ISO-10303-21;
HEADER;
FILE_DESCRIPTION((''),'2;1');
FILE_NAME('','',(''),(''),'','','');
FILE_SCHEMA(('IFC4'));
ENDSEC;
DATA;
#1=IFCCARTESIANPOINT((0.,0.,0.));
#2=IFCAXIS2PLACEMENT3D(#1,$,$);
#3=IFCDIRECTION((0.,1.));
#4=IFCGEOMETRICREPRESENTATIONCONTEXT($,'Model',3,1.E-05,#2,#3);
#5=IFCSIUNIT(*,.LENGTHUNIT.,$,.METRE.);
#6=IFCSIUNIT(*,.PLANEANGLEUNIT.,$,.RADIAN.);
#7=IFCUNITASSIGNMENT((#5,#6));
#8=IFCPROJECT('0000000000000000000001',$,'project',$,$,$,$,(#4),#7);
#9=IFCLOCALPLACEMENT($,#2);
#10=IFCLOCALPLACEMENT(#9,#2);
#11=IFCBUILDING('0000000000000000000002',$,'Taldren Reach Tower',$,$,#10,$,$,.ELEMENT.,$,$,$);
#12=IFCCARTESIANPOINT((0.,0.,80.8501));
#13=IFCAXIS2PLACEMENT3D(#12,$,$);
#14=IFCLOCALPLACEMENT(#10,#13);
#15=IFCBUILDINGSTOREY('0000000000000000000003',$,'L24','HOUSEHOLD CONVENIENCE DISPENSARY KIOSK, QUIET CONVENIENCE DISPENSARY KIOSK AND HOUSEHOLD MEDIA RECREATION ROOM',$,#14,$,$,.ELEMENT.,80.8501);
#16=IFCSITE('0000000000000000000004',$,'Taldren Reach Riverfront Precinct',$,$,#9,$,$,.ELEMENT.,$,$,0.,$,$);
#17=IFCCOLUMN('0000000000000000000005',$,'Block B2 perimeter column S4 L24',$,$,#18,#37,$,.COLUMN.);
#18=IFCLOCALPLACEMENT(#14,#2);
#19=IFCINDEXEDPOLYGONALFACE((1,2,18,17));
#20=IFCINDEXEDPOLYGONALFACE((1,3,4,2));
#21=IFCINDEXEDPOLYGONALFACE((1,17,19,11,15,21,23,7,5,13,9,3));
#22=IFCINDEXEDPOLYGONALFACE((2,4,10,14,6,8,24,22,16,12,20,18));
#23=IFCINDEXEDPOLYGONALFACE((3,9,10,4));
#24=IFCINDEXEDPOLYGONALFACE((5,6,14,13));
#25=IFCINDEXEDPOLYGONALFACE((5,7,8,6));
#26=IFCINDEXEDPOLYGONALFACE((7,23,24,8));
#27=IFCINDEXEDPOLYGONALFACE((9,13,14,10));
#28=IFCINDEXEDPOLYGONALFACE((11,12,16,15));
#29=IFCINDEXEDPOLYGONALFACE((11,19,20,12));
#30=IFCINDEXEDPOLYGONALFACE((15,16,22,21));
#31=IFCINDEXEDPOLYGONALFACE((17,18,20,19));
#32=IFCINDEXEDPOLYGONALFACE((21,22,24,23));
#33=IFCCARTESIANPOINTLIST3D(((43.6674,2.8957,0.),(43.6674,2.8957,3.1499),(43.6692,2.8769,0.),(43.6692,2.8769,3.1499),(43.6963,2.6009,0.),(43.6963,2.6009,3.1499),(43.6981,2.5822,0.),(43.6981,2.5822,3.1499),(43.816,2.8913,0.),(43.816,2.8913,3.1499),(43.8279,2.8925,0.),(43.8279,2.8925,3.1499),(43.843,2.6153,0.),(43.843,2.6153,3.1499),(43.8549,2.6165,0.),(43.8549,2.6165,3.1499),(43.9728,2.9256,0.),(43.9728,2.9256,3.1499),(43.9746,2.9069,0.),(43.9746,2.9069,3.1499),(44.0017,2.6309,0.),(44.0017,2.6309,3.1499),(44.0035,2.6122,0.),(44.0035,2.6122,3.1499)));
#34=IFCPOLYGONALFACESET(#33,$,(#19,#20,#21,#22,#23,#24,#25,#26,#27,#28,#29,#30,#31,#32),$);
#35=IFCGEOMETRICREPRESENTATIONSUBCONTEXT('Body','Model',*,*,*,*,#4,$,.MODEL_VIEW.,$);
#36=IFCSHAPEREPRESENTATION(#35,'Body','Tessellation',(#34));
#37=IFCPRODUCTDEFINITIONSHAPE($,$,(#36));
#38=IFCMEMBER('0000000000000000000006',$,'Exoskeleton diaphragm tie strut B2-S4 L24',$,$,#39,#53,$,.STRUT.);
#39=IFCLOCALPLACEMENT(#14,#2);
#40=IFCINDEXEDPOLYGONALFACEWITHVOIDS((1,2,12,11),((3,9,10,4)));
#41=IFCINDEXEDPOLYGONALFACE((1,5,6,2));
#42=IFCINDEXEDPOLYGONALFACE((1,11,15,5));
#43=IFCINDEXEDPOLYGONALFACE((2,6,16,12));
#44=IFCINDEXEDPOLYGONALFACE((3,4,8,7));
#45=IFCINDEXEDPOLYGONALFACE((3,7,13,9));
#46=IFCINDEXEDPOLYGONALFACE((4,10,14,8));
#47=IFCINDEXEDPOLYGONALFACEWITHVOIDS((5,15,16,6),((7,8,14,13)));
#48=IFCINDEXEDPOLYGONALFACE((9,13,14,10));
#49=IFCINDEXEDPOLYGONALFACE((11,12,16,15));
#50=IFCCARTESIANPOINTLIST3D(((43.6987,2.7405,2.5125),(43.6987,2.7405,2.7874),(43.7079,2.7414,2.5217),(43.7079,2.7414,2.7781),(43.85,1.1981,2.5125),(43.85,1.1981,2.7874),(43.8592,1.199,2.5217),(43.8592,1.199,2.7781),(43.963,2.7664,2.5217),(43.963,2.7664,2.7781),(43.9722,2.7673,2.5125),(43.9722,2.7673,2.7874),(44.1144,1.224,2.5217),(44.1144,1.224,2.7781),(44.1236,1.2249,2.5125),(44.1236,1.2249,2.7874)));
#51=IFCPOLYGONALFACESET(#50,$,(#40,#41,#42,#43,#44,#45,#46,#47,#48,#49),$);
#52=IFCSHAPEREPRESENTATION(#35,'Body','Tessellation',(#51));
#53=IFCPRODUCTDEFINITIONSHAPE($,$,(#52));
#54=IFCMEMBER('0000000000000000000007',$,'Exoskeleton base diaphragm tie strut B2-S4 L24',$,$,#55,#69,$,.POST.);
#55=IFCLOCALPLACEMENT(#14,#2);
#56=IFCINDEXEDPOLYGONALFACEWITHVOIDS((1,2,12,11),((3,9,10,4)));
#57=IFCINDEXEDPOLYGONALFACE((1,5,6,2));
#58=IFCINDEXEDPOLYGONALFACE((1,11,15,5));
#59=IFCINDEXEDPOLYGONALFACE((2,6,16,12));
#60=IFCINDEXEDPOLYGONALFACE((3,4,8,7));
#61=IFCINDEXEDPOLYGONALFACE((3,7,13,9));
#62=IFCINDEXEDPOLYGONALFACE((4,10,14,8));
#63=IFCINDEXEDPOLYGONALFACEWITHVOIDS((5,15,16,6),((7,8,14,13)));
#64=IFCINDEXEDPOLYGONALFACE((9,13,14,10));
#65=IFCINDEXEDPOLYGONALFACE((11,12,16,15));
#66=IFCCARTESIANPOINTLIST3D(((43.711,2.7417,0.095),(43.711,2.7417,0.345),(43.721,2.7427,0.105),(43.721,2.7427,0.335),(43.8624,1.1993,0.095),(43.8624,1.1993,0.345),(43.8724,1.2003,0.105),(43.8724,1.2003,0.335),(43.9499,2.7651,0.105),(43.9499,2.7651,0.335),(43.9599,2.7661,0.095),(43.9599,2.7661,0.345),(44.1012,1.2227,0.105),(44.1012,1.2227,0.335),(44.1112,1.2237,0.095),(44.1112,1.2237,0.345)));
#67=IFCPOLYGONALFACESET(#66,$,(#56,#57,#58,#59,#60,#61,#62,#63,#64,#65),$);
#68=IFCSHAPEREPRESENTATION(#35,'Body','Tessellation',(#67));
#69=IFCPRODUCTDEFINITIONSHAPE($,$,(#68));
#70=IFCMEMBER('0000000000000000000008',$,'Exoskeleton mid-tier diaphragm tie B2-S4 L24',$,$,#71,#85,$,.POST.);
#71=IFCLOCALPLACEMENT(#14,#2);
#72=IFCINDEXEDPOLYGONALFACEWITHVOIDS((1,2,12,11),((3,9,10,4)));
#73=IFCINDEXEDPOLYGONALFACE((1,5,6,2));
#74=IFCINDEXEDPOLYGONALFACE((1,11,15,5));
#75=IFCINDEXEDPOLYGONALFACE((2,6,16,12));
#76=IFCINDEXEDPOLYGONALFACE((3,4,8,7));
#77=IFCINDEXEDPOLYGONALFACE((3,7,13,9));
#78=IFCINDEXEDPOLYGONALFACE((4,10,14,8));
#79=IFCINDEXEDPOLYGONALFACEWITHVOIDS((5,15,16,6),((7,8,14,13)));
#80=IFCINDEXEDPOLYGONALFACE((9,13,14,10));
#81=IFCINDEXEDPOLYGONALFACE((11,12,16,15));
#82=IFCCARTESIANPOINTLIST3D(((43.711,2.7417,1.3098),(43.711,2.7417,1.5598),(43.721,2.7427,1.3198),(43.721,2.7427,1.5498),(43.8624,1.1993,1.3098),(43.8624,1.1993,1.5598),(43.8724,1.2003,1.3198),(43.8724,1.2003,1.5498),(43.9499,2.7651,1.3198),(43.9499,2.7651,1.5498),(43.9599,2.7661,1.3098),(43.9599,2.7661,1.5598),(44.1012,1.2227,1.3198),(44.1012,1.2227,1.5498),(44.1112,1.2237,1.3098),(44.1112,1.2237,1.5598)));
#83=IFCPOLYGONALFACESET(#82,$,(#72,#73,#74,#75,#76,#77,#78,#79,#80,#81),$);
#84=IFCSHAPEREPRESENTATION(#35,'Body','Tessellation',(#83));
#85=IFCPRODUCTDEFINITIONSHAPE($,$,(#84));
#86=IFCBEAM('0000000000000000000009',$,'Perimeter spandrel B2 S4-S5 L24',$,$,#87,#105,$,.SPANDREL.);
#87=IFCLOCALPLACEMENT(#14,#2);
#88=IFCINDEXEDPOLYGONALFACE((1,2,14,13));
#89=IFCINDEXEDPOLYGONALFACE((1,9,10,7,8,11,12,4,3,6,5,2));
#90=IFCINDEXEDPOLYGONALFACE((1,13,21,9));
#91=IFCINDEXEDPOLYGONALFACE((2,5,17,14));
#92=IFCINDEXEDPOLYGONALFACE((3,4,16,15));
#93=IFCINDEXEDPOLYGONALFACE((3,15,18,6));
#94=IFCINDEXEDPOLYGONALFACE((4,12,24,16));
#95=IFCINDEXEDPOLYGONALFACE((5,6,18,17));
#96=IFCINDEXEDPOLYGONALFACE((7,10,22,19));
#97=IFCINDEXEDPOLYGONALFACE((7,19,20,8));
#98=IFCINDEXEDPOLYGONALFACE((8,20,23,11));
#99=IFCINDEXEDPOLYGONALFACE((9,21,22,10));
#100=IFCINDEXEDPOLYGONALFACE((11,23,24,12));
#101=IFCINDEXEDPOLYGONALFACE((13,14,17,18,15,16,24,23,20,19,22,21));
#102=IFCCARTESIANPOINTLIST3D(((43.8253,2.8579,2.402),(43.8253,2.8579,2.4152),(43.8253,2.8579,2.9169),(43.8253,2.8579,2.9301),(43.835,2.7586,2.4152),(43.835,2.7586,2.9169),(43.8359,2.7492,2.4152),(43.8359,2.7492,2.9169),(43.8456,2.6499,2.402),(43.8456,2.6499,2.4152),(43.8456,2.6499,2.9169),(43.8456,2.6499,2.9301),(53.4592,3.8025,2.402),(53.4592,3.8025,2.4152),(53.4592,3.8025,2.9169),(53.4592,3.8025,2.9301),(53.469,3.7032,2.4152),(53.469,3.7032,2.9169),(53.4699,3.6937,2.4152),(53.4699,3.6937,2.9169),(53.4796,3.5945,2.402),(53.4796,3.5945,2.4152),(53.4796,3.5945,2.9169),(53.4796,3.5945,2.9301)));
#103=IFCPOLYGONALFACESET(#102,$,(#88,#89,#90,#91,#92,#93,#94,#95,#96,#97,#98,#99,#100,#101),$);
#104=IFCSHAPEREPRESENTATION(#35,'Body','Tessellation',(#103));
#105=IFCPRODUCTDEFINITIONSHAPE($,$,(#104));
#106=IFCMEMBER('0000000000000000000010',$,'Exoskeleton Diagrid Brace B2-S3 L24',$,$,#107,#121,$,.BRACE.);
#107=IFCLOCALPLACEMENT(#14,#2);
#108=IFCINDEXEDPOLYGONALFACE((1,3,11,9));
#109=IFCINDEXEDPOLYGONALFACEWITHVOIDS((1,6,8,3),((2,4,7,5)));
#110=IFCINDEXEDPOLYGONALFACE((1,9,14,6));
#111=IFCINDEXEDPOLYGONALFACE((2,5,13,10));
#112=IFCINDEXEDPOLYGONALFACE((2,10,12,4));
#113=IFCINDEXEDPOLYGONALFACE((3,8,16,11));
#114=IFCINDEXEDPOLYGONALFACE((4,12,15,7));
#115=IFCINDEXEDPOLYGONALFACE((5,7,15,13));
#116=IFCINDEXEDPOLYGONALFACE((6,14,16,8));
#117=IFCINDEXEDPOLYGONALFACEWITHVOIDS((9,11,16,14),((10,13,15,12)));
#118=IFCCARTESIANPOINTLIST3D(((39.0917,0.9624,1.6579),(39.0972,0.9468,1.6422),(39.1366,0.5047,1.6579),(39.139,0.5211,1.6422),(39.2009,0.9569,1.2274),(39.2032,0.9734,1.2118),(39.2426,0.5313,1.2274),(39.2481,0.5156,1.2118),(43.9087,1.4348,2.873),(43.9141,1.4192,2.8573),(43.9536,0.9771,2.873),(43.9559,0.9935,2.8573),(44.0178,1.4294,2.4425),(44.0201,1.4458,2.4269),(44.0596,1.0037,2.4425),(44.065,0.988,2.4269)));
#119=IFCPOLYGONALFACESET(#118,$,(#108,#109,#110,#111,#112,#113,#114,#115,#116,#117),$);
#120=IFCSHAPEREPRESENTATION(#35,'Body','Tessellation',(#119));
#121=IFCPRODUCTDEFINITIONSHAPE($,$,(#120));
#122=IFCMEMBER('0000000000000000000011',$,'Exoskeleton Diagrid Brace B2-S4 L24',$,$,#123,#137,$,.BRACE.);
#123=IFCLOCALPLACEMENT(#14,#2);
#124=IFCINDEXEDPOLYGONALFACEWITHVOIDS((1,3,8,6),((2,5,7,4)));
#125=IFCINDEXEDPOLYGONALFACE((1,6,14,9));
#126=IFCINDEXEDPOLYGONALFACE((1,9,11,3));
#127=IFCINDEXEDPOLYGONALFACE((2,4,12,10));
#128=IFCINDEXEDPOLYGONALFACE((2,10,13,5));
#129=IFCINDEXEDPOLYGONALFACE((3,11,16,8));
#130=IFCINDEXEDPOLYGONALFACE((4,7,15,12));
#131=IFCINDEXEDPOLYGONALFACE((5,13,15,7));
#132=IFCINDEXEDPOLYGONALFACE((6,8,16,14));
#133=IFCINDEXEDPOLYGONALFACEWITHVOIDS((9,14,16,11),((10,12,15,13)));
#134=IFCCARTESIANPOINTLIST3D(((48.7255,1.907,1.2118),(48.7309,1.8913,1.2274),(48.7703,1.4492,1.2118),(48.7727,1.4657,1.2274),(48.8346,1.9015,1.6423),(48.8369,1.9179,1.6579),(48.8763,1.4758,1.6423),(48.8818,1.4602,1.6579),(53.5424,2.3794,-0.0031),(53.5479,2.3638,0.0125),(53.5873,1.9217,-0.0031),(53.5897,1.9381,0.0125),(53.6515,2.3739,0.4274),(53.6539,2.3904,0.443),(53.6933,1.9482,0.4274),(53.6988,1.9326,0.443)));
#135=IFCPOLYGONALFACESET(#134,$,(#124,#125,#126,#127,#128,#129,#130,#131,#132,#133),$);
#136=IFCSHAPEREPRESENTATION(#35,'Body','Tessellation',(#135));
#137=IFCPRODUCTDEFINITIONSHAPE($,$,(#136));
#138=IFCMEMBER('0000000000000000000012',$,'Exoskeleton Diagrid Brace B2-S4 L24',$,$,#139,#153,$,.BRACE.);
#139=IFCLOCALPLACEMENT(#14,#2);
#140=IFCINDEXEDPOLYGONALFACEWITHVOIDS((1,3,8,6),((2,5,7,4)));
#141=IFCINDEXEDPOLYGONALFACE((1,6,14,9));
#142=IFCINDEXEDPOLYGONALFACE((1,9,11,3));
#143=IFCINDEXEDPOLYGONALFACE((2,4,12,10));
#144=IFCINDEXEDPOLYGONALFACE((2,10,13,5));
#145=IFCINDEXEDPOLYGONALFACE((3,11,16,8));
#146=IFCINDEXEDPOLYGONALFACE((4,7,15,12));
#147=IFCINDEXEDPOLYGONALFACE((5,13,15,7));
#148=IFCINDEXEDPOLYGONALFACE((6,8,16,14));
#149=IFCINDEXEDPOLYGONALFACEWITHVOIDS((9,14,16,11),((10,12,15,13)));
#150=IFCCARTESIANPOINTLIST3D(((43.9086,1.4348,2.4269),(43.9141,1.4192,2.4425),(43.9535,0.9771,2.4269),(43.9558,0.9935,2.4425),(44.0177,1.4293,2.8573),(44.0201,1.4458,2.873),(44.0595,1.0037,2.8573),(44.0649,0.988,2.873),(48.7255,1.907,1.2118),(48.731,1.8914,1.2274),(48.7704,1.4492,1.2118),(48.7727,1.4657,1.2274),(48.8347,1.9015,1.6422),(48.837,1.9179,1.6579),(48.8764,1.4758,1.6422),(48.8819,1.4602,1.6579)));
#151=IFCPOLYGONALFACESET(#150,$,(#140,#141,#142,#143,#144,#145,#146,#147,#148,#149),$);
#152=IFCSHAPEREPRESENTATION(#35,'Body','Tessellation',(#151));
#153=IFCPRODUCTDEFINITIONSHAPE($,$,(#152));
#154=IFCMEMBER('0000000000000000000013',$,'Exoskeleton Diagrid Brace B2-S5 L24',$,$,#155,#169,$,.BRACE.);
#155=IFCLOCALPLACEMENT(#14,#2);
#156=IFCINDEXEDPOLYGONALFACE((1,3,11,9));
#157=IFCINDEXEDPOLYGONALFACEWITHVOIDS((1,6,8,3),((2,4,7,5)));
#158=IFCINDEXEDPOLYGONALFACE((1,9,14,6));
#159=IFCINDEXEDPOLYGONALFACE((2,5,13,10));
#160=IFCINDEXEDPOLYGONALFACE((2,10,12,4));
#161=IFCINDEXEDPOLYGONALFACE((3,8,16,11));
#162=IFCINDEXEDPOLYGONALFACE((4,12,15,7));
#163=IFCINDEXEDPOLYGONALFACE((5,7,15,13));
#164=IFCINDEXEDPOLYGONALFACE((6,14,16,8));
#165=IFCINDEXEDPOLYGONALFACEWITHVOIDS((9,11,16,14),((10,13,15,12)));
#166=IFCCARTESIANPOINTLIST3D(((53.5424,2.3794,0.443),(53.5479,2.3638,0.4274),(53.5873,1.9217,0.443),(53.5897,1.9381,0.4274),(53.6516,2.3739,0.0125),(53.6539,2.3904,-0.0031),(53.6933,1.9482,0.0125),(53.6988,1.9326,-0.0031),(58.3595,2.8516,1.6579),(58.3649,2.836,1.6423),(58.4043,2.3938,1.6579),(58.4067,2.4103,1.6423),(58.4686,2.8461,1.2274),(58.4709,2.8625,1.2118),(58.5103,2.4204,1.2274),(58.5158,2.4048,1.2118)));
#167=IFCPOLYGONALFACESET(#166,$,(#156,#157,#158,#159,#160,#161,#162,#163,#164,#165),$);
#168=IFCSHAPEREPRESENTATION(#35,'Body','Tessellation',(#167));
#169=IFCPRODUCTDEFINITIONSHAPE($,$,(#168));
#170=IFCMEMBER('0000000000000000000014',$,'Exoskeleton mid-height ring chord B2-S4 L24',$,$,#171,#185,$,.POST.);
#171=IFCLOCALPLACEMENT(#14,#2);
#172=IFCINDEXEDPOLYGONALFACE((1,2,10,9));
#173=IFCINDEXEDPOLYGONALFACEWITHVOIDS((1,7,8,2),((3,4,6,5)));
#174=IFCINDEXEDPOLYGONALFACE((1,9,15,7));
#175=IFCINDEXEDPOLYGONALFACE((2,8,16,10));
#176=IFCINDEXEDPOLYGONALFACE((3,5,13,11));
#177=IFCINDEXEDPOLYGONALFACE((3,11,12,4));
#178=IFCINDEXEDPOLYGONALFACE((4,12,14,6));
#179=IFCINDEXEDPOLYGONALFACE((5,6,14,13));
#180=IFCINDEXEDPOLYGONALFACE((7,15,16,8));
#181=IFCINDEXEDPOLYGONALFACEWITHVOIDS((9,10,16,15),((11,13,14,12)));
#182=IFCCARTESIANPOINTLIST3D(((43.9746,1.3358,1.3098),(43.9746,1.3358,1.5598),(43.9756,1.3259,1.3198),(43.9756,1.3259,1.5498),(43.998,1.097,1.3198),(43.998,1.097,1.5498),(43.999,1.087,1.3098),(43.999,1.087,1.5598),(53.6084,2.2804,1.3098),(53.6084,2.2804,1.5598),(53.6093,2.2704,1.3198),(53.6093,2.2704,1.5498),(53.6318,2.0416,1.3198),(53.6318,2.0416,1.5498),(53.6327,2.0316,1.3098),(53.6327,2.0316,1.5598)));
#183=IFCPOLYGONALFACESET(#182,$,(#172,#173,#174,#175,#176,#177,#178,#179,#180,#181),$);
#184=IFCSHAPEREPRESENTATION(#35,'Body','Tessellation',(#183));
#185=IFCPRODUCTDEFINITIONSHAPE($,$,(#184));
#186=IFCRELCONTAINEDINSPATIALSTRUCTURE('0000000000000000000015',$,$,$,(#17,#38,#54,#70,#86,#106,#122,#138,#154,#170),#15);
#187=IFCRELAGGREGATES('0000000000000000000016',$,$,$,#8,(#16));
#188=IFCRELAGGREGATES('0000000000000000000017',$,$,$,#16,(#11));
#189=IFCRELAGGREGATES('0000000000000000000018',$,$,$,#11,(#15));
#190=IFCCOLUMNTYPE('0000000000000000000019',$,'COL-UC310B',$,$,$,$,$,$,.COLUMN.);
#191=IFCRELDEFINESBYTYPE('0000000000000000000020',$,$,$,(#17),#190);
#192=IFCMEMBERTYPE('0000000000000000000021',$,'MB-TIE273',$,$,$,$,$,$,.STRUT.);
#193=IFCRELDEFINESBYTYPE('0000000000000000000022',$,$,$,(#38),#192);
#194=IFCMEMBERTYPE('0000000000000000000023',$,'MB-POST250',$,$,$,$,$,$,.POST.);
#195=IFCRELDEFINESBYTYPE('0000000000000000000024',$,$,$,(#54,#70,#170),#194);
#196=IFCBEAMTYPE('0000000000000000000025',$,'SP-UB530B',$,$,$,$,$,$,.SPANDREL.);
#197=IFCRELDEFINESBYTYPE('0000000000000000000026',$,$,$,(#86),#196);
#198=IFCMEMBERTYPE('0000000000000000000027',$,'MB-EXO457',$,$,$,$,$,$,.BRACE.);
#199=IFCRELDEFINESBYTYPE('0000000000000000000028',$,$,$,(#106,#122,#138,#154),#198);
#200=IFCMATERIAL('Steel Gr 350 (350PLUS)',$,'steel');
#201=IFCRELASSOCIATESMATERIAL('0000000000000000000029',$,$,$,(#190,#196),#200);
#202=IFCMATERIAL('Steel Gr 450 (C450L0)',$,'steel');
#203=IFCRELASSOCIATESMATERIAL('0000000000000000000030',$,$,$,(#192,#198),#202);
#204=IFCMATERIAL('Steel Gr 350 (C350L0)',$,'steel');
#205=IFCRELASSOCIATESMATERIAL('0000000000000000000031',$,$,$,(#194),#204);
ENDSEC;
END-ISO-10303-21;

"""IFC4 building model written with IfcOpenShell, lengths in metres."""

from ifc_helpers import new_model, si_unit, direction, frame, origin, origin_2d, place, context, subcontext, project, spatial, hollow_rectangle, i_section, extrude, source, transform, mapped, material, material_profile, profile_set, type_object, element, save


model = new_model("IFC4")

# Units and contexts
model_context = context("Model", 3, precision=1e-05, world=origin(), true_north=direction((0.0, 1.0)))
body_context = subcontext(model_context, "Body", "Model", "MODEL_VIEW")
ifc_project = project(units=[si_unit("LENGTHUNIT", "METRE"), si_unit("PLANEANGLEUNIT", "RADIAN")], contexts=[model_context])

# Site, building, storey
site_placement = place(None, origin())
site = spatial("IfcSite", under=ifc_project, at=site_placement, Name="Taldren Reach Riverfront Precinct", CompositionType="ELEMENT", RefElevation=0.0)
building_placement = place(site_placement, origin())
building = spatial("IfcBuilding", under=site, at=building_placement, Name="Taldren Reach Tower", CompositionType="ELEMENT")
storey_placement = place(building_placement, frame((0.0, 0.0, 80.8501)))
storey = spatial("IfcBuildingStorey", under=building, at=storey_placement, Name="L24", Description="HOUSEHOLD CONVENIENCE DISPENSARY KIOSK, QUIET CONVENIENCE DISPENSARY KIOSK AND HOUSEHOLD MEDIA RECREATION ROOM", CompositionType="ELEMENT", Elevation=80.8501)

# Column
ifc_material_1 = material(Name="Steel Gr 350 (350PLUS)", Category="steel")
ifc_material_profile_1 = material_profile(ifc_material_1, i_section(OverallWidth=0.3069, OverallDepth=0.3149, WebThickness=0.012, FlangeThickness=0.0188, at=origin_2d()), Name="310UC118")
ifc_profile_set_1 = profile_set([ifc_material_profile_1], Name="Steel Gr 350 (350PLUS)")
column_type = type_object("IfcColumnType", Name="COL-UC310B", PredefinedType="COLUMN", material=ifc_profile_set_1)
shared_shape_1 = source(origin(), body_context, "Body", "SweptSolid", [
    extrude(i_section(OverallWidth=0.3069, OverallDepth=0.3149, WebThickness=0.012, FlangeThickness=0.0188, at=origin_2d()), origin(), (0.0, 0.0, 1.0), 3.1499),
])
column_placement = place(storey_placement, frame((43.8354, 2.7539, 0.0), z_axis=(0.0, 0.0, 1.0), x_axis=(0.995227, 0.097583, 0.0)))
element("IfcColumn", 1, at=column_placement, inside=storey, type_object=column_type, Name="Block B2 perimeter column S4 L24", PredefinedType="COLUMN", context=body_context, shape_type="MappedRepresentation", body=[
    mapped(shared_shape_1, transform((0.0, 0.0, 0.0), scale=1.0)),
])

# Members
ifc_material_2 = material(Name="Steel Gr 450 (C450L0)", Category="steel")
ifc_material_profile_2 = material_profile(ifc_material_2, hollow_rectangle(XDim=0.2749, YDim=0.2749, WallThickness=0.0093, at=origin_2d()), Name="275x275x9.3SHS")
ifc_profile_set_2 = profile_set([ifc_material_profile_2], Name="Steel Gr 450 (C450L0)")
member_type_1 = type_object("IfcMemberType", Name="MB-TIE273", PredefinedType="STRUT", material=ifc_profile_set_2)
shared_shape_2 = source(origin(), body_context, "Body", "SweptSolid", [
    extrude(hollow_rectangle(XDim=0.2749, YDim=0.2749, WallThickness=0.0093, at=origin_2d()), origin(), (0.0, 0.0, 1.0), 1.5498),
])
member_1_placement = place(storey_placement, frame((43.8354, 2.7539, 2.6499), z_axis=(0.097663, -0.99522, 0.0), x_axis=(0.99522, 0.097663, 0.0)))
element("IfcMember", 2, at=member_1_placement, inside=storey, type_object=member_type_1, Name="Exoskeleton diaphragm tie strut B2-S4 L24", PredefinedType="STRUT", context=body_context, shape_type="MappedRepresentation", body=[
    mapped(shared_shape_2, transform((0.0, 0.0, 0.0), scale=1.0)),
])
ifc_material_3 = material(Name="Steel Gr 350 (C350L0)", Category="steel")
ifc_material_profile_3 = material_profile(ifc_material_3, hollow_rectangle(XDim=0.25, YDim=0.25, WallThickness=0.01, at=origin_2d()), Name="250x250x10.0SHS")
ifc_profile_set_3 = profile_set([ifc_material_profile_3], Name="Steel Gr 350 (C350L0)")
member_type_2 = type_object("IfcMemberType", Name="MB-POST250", PredefinedType="POST", material=ifc_profile_set_3)
shared_shape_3 = source(origin(), body_context, "Body", "SweptSolid", [
    extrude(hollow_rectangle(XDim=0.25, YDim=0.25, WallThickness=0.01, at=origin_2d()), origin(), (0.0, 0.0, 1.0), 1.5498),
])
for number, where, z_axis, x_axis, name in (
    (3, (43.8354, 2.7539, 0.22), (0.097663, -0.99522, 0.0), (0.99522, 0.097663, 0.0), "Exoskeleton base diaphragm tie strut B2-S4 L24"),
    (4, (43.8354, 2.7539, 1.4348), (0.097663, -0.99522, 0.0), (0.99522, 0.097663, 0.0), "Exoskeleton mid-tier diaphragm tie B2-S4 L24"),
):
    element("IfcMember", number, at=place(storey_placement, frame(where, z_axis=z_axis, x_axis=x_axis)), inside=storey, type_object=member_type_2, Name=name, PredefinedType="POST", context=body_context, shape_type="MappedRepresentation", body=[
        mapped(shared_shape_3, transform((0.0, 0.0, 0.0), scale=1.0)),
    ])

# Beam
ifc_material_profile_4 = material_profile(ifc_material_1, i_section(OverallWidth=0.209, OverallDepth=0.5281, WebThickness=0.0095, FlangeThickness=0.0132, at=origin_2d()), Name="530UB82.0")
ifc_profile_set_4 = profile_set([ifc_material_profile_4], Name="Steel Gr 350 (350PLUS)")
beam_type = type_object("IfcBeamType", Name="SP-UB530B", PredefinedType="SPANDREL", material=ifc_profile_set_4)
shared_shape_4 = source(origin(), body_context, "Body", "SweptSolid", [
    extrude(i_section(OverallWidth=0.209, OverallDepth=0.5281, WebThickness=0.0095, FlangeThickness=0.0132, at=origin_2d()), origin(), (0.0, 0.0, 1.0), 9.6802),
])
beam_placement = place(storey_placement, frame((43.8354, 2.7539, 2.666), z_axis=(0.995228, 0.097578, 0.0), x_axis=(-0.097578, 0.995228, 0.0)))
element("IfcBeam", 5, at=beam_placement, inside=storey, type_object=beam_type, Name="Perimeter spandrel B2 S4-S5 L24", PredefinedType="SPANDREL", context=body_context, shape_type="MappedRepresentation", body=[
    mapped(shared_shape_4, transform((0.0, 0.0, 0.0), scale=1.0)),
])

# Members
ifc_material_profile_5 = material_profile(ifc_material_2, hollow_rectangle(XDim=0.46, YDim=0.46, WallThickness=0.0161, at=origin_2d()), Name="460x460x16.0SHS")
ifc_profile_set_5 = profile_set([ifc_material_profile_5], Name="Steel Gr 450 (C450L0)")
member_type_3 = type_object("IfcMemberType", Name="MB-EXO457", PredefinedType="BRACE", material=ifc_profile_set_5)
shared_shape_5 = source(origin(), body_context, "Body", "SweptSolid", [
    extrude(hollow_rectangle(XDim=0.46, YDim=0.46, WallThickness=0.0161, at=origin_2d()), origin(), (0.0, 0.0, 1.0), 4.9902),
])
for number, where, z_axis, x_axis, name in (
    (6, (39.1699, 0.739, 1.4348), (0.965271, 0.094668, 0.243495), (-0.097606, 0.995225, 0.0), "Exoskeleton Diagrid Brace B2-S3 L24"),
    (7, (53.6206, 2.156, 0.22), (-0.965283, -0.094669, 0.243449), (0.097606, -0.995225, 0.0), "Exoskeleton Diagrid Brace B2-S4 L24"),
    (8, (48.8037, 1.6836, 1.4348), (-0.965276, -0.09462, 0.243496), (0.097556, -0.99523, 0.0), "Exoskeleton Diagrid Brace B2-S4 L24"),
    (9, (53.6206, 2.156, 0.22), (0.965287, 0.094621, 0.24345), (-0.097556, 0.99523, 0.0), "Exoskeleton Diagrid Brace B2-S5 L24"),
):
    element("IfcMember", number, at=place(storey_placement, frame(where, z_axis=z_axis, x_axis=x_axis)), inside=storey, type_object=member_type_3, Name=name, PredefinedType="BRACE", context=body_context, shape_type="MappedRepresentation", body=[
        mapped(shared_shape_5, transform((0.0, 0.0, 0.0), scale=1.0)),
    ])
shared_shape_6 = source(origin(), body_context, "Body", "SweptSolid", [
    extrude(hollow_rectangle(XDim=0.25, YDim=0.25, WallThickness=0.01, at=origin_2d()), origin(), (0.0, 0.0, 1.0), 9.6799),
])
for number, where, z_axis, x_axis, name in (
    (10, (43.9868, 1.2114, 1.4348), (0.995228, 0.097581, 0.0), (-0.097581, 0.995228, 0.0), "Exoskeleton mid-height ring chord B2-S4 L24"),
):
    element("IfcMember", number, at=place(storey_placement, frame(where, z_axis=z_axis, x_axis=x_axis)), inside=storey, type_object=member_type_2, Name=name, PredefinedType="POST", context=body_context, shape_type="MappedRepresentation", body=[
        mapped(shared_shape_6, transform((0.0, 0.0, 0.0), scale=1.0)),
    ])

save(model, "model.ifc")
